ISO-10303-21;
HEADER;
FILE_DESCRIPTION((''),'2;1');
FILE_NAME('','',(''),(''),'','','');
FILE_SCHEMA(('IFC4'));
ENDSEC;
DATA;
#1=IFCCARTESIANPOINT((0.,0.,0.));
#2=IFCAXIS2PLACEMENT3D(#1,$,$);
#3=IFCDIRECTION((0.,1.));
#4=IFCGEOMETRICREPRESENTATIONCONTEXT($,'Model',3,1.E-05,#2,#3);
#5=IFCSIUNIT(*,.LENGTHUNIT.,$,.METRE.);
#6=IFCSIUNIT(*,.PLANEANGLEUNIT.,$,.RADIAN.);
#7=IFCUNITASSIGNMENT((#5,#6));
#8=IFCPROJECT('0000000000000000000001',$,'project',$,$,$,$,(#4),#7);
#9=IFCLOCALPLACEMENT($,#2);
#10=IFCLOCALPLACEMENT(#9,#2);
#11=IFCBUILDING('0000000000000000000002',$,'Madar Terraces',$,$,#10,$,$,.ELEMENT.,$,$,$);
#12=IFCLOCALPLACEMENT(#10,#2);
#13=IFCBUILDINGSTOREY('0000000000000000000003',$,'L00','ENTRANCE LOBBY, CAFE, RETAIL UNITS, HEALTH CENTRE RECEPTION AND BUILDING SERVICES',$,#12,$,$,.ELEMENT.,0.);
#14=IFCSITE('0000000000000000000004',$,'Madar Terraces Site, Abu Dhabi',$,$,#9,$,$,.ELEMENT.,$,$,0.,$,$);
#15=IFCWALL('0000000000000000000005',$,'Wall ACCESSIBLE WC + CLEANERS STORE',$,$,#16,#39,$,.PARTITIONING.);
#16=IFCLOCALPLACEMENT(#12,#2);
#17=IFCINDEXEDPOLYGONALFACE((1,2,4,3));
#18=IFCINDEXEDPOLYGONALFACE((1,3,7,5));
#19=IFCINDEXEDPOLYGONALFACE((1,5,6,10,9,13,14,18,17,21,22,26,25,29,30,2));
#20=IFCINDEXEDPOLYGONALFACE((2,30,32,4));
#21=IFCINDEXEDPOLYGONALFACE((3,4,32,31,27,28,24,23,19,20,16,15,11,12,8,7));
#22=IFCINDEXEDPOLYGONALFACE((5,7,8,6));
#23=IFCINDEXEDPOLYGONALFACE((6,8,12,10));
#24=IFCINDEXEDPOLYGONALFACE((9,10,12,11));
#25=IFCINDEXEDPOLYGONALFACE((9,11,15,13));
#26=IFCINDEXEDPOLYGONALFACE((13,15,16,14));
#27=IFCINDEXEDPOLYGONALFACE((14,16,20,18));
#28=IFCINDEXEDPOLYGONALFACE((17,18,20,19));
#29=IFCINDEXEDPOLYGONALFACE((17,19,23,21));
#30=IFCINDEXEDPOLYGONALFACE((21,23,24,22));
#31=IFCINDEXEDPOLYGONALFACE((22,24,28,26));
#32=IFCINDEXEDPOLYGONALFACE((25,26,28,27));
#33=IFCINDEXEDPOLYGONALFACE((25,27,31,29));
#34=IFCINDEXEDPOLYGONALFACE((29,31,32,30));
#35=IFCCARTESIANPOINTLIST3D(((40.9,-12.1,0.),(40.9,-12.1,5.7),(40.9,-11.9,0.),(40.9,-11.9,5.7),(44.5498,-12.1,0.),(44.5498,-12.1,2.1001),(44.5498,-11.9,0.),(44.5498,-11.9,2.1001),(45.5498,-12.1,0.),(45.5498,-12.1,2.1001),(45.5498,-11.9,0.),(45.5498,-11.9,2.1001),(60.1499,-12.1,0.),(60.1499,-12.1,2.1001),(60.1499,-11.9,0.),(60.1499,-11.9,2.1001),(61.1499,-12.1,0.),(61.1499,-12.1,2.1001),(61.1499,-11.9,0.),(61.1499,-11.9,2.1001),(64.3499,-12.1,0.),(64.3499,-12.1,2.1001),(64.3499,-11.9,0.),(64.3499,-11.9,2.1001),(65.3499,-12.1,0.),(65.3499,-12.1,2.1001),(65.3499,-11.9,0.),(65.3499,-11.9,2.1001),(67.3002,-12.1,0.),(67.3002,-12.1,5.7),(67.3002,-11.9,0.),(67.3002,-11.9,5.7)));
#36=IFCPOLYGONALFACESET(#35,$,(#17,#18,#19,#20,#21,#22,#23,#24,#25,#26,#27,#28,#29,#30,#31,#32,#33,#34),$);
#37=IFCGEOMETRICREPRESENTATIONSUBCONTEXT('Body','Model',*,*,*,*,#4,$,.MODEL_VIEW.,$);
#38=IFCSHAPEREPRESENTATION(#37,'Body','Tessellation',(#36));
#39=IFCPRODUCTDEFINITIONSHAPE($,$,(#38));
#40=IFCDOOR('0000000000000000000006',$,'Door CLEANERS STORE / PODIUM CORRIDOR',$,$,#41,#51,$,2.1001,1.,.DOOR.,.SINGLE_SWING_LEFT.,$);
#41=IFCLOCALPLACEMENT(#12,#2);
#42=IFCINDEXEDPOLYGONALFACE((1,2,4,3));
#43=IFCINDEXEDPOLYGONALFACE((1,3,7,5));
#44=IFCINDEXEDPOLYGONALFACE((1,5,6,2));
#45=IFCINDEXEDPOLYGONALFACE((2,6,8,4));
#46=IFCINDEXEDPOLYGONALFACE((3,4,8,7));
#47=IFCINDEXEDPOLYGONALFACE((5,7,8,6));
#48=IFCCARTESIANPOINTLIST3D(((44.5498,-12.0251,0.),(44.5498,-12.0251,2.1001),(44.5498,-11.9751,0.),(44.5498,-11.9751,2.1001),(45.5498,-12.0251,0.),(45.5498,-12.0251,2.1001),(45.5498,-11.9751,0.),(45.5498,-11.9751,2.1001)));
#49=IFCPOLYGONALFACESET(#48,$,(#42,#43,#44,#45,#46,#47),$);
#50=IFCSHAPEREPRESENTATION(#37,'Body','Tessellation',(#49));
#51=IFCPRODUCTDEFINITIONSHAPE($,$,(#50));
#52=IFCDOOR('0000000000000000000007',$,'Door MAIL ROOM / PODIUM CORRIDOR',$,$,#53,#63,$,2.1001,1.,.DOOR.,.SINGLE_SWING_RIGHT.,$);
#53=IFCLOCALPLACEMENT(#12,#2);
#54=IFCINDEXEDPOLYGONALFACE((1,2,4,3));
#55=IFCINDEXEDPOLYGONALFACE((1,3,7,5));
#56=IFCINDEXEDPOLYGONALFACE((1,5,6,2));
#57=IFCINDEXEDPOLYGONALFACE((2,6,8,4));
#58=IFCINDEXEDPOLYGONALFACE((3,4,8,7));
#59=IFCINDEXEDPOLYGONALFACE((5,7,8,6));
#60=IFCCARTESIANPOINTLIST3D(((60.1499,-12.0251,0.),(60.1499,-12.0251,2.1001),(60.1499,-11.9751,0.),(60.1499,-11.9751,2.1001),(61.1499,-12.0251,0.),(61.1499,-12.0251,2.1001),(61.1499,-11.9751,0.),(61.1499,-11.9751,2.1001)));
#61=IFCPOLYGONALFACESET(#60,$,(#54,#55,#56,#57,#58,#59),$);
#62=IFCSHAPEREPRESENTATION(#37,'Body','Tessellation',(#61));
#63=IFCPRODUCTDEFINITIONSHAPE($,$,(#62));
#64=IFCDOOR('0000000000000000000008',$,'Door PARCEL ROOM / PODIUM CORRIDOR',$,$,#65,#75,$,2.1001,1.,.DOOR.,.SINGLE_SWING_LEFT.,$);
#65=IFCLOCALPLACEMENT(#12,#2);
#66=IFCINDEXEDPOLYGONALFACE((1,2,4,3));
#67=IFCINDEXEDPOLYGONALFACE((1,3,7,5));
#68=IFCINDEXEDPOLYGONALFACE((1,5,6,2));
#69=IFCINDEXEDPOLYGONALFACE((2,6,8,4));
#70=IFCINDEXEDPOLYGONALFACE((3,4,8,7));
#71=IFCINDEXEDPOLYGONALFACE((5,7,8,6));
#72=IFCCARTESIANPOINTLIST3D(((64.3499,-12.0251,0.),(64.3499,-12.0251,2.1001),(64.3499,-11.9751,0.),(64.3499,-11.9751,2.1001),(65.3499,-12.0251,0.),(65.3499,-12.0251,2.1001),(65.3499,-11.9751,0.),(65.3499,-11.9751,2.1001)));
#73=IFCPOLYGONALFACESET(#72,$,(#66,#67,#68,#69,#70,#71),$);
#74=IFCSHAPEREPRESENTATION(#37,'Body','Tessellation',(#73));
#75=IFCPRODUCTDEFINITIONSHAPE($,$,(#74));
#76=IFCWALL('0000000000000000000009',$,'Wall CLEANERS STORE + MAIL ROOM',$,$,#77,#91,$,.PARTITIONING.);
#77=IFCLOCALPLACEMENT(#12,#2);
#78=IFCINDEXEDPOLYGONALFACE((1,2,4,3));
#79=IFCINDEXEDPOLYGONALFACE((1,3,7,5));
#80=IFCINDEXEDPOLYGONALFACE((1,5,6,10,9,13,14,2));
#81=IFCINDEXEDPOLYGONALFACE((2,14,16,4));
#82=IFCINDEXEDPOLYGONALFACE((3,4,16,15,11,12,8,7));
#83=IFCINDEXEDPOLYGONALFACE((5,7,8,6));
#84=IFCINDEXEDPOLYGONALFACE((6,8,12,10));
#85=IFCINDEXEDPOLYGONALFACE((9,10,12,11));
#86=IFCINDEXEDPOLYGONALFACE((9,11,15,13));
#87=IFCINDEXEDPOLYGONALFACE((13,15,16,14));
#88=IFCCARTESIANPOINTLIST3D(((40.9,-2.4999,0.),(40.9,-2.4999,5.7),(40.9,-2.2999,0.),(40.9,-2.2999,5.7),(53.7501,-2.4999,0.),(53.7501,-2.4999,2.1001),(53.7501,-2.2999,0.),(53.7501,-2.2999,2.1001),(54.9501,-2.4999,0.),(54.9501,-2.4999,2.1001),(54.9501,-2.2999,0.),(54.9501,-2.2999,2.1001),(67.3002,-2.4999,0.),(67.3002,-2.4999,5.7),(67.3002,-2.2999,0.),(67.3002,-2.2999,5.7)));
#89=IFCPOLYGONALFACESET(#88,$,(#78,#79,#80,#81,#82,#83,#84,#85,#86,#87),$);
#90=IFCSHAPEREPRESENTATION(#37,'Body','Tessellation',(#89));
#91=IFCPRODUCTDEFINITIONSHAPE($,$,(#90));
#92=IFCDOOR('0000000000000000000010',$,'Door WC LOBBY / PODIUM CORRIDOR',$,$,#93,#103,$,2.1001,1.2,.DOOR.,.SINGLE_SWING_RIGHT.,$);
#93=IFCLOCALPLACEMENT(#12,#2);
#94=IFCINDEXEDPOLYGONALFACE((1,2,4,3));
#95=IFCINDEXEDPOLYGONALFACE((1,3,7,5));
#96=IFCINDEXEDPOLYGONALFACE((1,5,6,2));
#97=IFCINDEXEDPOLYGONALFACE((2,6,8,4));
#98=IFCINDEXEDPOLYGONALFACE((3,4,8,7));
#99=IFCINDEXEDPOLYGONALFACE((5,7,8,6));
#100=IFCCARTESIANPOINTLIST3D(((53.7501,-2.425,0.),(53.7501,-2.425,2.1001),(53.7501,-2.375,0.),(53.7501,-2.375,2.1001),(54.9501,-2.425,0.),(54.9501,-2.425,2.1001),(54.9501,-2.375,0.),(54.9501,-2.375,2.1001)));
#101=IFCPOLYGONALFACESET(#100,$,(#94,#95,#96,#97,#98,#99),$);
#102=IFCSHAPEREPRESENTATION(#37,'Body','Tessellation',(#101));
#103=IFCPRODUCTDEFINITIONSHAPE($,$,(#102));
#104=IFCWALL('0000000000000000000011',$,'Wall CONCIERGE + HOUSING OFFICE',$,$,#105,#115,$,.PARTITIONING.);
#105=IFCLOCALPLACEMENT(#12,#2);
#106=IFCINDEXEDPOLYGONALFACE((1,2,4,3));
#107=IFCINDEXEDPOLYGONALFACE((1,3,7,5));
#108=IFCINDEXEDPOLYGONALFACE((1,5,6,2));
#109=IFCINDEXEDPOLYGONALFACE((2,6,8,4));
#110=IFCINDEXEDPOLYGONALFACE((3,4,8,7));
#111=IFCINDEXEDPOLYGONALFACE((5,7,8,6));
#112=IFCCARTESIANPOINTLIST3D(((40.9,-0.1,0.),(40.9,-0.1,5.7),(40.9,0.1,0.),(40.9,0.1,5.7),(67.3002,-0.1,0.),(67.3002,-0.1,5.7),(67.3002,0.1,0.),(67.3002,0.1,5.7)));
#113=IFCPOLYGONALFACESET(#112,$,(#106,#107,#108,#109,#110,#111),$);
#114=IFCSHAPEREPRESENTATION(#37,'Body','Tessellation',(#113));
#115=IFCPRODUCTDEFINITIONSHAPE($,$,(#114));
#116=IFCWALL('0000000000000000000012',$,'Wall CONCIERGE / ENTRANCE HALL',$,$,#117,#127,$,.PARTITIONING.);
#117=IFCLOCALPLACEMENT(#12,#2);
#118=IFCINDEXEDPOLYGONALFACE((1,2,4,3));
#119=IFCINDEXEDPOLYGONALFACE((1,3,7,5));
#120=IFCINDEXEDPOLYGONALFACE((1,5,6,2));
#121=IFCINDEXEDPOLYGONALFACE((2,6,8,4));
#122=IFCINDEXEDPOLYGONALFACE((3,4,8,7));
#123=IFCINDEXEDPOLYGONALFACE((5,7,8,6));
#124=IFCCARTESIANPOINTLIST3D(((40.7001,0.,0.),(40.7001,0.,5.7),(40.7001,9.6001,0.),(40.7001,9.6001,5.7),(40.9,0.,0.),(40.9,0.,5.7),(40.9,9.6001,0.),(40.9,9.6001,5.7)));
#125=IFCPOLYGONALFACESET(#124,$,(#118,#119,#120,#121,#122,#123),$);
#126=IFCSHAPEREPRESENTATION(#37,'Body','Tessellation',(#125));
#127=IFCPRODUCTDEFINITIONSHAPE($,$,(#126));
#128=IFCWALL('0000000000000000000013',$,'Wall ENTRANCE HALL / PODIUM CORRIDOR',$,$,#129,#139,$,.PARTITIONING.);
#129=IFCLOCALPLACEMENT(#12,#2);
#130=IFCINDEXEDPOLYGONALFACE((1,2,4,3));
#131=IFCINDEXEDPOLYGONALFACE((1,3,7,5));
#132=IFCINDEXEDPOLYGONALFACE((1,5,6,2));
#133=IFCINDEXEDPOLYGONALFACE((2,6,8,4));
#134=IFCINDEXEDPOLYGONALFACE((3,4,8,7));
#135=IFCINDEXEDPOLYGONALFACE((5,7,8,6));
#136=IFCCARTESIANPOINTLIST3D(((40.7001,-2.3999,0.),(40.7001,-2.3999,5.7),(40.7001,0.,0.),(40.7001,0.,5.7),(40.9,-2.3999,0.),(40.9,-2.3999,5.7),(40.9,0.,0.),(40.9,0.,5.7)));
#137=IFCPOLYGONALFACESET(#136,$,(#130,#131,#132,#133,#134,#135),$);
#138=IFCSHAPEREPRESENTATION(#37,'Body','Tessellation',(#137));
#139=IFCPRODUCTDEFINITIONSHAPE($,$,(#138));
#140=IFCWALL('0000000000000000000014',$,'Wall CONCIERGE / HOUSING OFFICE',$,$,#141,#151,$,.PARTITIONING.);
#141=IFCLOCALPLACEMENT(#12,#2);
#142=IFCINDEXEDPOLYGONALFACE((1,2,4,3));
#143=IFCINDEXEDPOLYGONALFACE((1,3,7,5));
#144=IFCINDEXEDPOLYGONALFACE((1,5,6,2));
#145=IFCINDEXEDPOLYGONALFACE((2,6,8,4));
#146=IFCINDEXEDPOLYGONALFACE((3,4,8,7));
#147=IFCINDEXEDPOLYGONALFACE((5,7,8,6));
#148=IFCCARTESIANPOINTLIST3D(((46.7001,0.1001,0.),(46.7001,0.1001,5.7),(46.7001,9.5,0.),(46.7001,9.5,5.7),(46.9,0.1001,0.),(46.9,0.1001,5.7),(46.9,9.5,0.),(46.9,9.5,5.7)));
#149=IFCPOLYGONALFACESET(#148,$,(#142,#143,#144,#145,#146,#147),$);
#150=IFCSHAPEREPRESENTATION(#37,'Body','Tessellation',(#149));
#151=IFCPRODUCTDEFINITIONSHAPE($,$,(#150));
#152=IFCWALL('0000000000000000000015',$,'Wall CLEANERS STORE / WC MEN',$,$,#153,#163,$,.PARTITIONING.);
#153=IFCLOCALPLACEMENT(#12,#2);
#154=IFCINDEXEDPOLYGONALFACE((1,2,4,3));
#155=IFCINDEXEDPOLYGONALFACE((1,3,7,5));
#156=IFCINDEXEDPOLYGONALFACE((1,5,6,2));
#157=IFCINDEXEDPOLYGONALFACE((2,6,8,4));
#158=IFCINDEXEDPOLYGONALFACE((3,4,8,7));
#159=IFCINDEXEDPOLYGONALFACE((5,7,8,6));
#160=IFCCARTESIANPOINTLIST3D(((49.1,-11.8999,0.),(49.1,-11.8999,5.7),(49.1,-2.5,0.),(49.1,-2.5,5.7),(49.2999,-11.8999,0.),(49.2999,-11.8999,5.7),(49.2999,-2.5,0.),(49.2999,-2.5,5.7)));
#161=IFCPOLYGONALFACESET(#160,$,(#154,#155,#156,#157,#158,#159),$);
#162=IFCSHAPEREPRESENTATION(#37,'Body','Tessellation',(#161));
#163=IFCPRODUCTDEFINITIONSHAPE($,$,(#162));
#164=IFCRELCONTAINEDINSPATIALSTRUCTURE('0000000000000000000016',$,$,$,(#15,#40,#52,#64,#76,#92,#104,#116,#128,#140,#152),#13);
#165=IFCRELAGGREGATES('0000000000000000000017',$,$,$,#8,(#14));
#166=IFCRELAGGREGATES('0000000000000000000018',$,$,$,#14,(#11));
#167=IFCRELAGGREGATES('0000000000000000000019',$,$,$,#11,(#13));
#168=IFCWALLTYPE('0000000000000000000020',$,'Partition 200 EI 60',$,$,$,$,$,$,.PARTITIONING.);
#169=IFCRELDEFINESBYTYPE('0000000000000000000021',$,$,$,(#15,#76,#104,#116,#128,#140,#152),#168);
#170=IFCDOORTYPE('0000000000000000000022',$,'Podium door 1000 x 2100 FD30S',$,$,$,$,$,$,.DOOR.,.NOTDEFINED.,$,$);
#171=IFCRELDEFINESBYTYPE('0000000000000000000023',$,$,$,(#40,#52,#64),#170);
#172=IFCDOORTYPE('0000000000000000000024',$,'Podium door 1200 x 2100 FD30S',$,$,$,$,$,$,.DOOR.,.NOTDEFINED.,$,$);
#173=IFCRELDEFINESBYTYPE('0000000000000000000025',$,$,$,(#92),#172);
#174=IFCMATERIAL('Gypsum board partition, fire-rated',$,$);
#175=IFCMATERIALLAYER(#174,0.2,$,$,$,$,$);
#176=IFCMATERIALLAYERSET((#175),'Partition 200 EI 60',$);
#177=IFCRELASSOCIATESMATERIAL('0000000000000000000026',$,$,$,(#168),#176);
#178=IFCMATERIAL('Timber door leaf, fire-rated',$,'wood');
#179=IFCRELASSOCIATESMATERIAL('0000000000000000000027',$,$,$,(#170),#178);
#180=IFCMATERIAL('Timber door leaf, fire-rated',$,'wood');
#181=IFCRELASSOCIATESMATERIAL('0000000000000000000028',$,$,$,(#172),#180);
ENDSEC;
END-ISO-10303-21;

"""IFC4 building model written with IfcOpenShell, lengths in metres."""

from ifc_helpers import new_model, si_unit, direction, frame, frame_2d, origin, place, context, subcontext, project, spatial, rectangle, extrude, material, layer, layer_set, type_object, element, fill, save


model = new_model("IFC4")

# Units and contexts
model_context = context("Model", 3, precision=1e-05, world=origin(), true_north=direction((0.0, 1.0)))
body_context = subcontext(model_context, "Body", "Model", "MODEL_VIEW")
ifc_project = project(units=[si_unit("LENGTHUNIT", "METRE"), si_unit("PLANEANGLEUNIT", "RADIAN")], contexts=[model_context])

# Site, building, storey
site_placement = place(None, origin())
site = spatial("IfcSite", under=ifc_project, at=site_placement, Name="Madar Terraces Site, Abu Dhabi", CompositionType="ELEMENT", RefElevation=0.0)
building_placement = place(site_placement, origin())
building = spatial("IfcBuilding", under=site, at=building_placement, Name="Madar Terraces", CompositionType="ELEMENT")
storey_placement = place(building_placement, origin())
storey = spatial("IfcBuildingStorey", under=building, at=storey_placement, Name="L00", Description="ENTRANCE LOBBY, CAFE, RETAIL UNITS, HEALTH CENTRE RECEPTION AND BUILDING SERVICES", CompositionType="ELEMENT", Elevation=0.0)

# Shared definitions
ifc_material_1 = material(Name="Gypsum board partition, fire-rated")
ifc_layer = layer(ifc_material_1, 0.2)
ifc_layer_set = layer_set([ifc_layer], Name="Partition 200 EI 60")
wall_type = type_object("IfcWallType", Name="Partition 200 EI 60", PredefinedType="PARTITIONING", material=ifc_layer_set)

# Wall, openings, doors
wall_1_placement = place(storey_placement, frame((40.8999, -12.0, 0.0), z_axis=(0.0, 0.0, 1.0), x_axis=(1.0, 0.0, 0.0)))
wall_1 = element("IfcWall", 1, at=wall_1_placement, inside=storey, type_object=wall_type, Name="Wall ACCESSIBLE WC + CLEANERS STORE", PredefinedType="PARTITIONING", context=body_context, shape_type="SweptSolid", body=[
    extrude(rectangle(XDim=26.4001, YDim=0.2, at=frame_2d((13.2002, 0.0))), origin(), (0.0, 0.0, 1.0), 5.7),
])
opening_1_placement = place(wall_1_placement, frame((3.6499, 0.0, 0.0)))
opening_1 = element("IfcOpeningElement", 2, at=opening_1_placement, cuts=wall_1, PredefinedType="OPENING", context=body_context, shape_type="SweptSolid", body=[
    extrude(rectangle(XDim=1.0, YDim=2.1001, at=frame_2d((0.5, 1.05))), frame((0.0, 0.1099, 0.0), z_axis=(0.0, -1.0, 0.0), x_axis=(1.0, 0.0, 0.0)), (0.0, 0.0, 1.0), 0.22),
])
opening_2_placement = place(wall_1_placement, frame((19.25, 0.0, 0.0)))
opening_2 = element("IfcOpeningElement", 3, at=opening_2_placement, cuts=wall_1, PredefinedType="OPENING", context=body_context, shape_type="SweptSolid", body=[
    extrude(rectangle(XDim=1.0, YDim=2.1001, at=frame_2d((0.5, 1.05))), frame((0.0, 0.1099, 0.0), z_axis=(0.0, -1.0, 0.0), x_axis=(1.0, 0.0, 0.0)), (0.0, 0.0, 1.0), 0.22),
])
opening_3_placement = place(wall_1_placement, frame((23.45, 0.0, 0.0)))
opening_3 = element("IfcOpeningElement", 4, at=opening_3_placement, cuts=wall_1, PredefinedType="OPENING", context=body_context, shape_type="SweptSolid", body=[
    extrude(rectangle(XDim=1.0, YDim=2.1001, at=frame_2d((0.5, 1.05))), frame((0.0, 0.1099, 0.0), z_axis=(0.0, -1.0, 0.0), x_axis=(1.0, 0.0, 0.0)), (0.0, 0.0, 1.0), 0.22),
])
ifc_material_2 = material(Name="Timber door leaf, fire-rated", Category="wood")
door_type_1 = type_object("IfcDoorType", Name="Podium door 1000 x 2100 FD30S", OperationType="NOTDEFINED", PredefinedType="DOOR", material=ifc_material_2)
door_1_placement = place(opening_1_placement, origin())
door_1 = element("IfcDoor", 5, at=door_1_placement, inside=storey, type_object=door_type_1, Name="Door CLEANERS STORE / PODIUM CORRIDOR", OperationType="SINGLE_SWING_LEFT", OverallHeight=2.1001, OverallWidth=1.0, PredefinedType="DOOR", context=body_context, shape_type="SweptSolid", body=[
    extrude(rectangle(XDim=1.0, YDim=2.1001, at=frame_2d((0.5, 1.05))), frame((0.0, 0.0249, 0.0), z_axis=(0.0, -1.0, 0.0), x_axis=(1.0, 0.0, 0.0)), (0.0, 0.0, 1.0), 0.05),
])
fill(opening_1, door_1)
door_2_placement = place(opening_2_placement, origin())
door_2 = element("IfcDoor", 6, at=door_2_placement, inside=storey, type_object=door_type_1, Name="Door MAIL ROOM / PODIUM CORRIDOR", OperationType="SINGLE_SWING_RIGHT", OverallHeight=2.1001, OverallWidth=1.0, PredefinedType="DOOR", context=body_context, shape_type="SweptSolid", body=[
    extrude(rectangle(XDim=1.0, YDim=2.1001, at=frame_2d((0.5, 1.05))), frame((0.0, 0.0249, 0.0), z_axis=(0.0, -1.0, 0.0), x_axis=(1.0, 0.0, 0.0)), (0.0, 0.0, 1.0), 0.05),
])
fill(opening_2, door_2)
door_3_placement = place(opening_3_placement, origin())
door_3 = element("IfcDoor", 7, at=door_3_placement, inside=storey, type_object=door_type_1, Name="Door PARCEL ROOM / PODIUM CORRIDOR", OperationType="SINGLE_SWING_LEFT", OverallHeight=2.1001, OverallWidth=1.0, PredefinedType="DOOR", context=body_context, shape_type="SweptSolid", body=[
    extrude(rectangle(XDim=1.0, YDim=2.1001, at=frame_2d((0.5, 1.05))), frame((0.0, 0.0249, 0.0), z_axis=(0.0, -1.0, 0.0), x_axis=(1.0, 0.0, 0.0)), (0.0, 0.0, 1.0), 0.05),
])
fill(opening_3, door_3)

# Wall, opening, door
wall_2_placement = place(storey_placement, frame((40.8999, -2.3999, 0.0), z_axis=(0.0, 0.0, 1.0), x_axis=(1.0, 0.0, 0.0)))
wall_2 = element("IfcWall", 8, at=wall_2_placement, inside=storey, type_object=wall_type, Name="Wall CLEANERS STORE + MAIL ROOM", PredefinedType="PARTITIONING", context=body_context, shape_type="SweptSolid", body=[
    extrude(rectangle(XDim=26.4001, YDim=0.2, at=frame_2d((13.2002, 0.0))), origin(), (0.0, 0.0, 1.0), 5.7),
])
opening_4_placement = place(wall_2_placement, frame((12.8501, 0.0, 0.0)))
opening_4 = element("IfcOpeningElement", 9, at=opening_4_placement, cuts=wall_2, PredefinedType="OPENING", context=body_context, shape_type="SweptSolid", body=[
    extrude(rectangle(XDim=1.2, YDim=2.1001, at=frame_2d((0.6001, 1.05))), frame((0.0, 0.1099, 0.0), z_axis=(0.0, -1.0, 0.0), x_axis=(1.0, 0.0, 0.0)), (0.0, 0.0, 1.0), 0.22),
])
ifc_material_3 = material(Name="Timber door leaf, fire-rated", Category="wood")
door_type_2 = type_object("IfcDoorType", Name="Podium door 1200 x 2100 FD30S", OperationType="NOTDEFINED", PredefinedType="DOOR", material=ifc_material_3)
door_4_placement = place(opening_4_placement, origin())
door_4 = element("IfcDoor", 10, at=door_4_placement, inside=storey, type_object=door_type_2, Name="Door WC LOBBY / PODIUM CORRIDOR", OperationType="SINGLE_SWING_RIGHT", OverallHeight=2.1001, OverallWidth=1.2, PredefinedType="DOOR", context=body_context, shape_type="SweptSolid", body=[
    extrude(rectangle(XDim=1.2, YDim=2.1001, at=frame_2d((0.6001, 1.05))), frame((0.0, 0.0249, 0.0), z_axis=(0.0, -1.0, 0.0), x_axis=(1.0, 0.0, 0.0)), (0.0, 0.0, 1.0), 0.05),
])
fill(opening_4, door_4)

# Walls
wall_3_placement = place(storey_placement, frame((40.8999, 0.0, 0.0), z_axis=(0.0, 0.0, 1.0), x_axis=(1.0, 0.0, 0.0)))
element("IfcWall", 11, at=wall_3_placement, inside=storey, type_object=wall_type, Name="Wall CONCIERGE + HOUSING OFFICE", PredefinedType="PARTITIONING", context=body_context, shape_type="SweptSolid", body=[
    extrude(rectangle(XDim=26.4001, YDim=0.2, at=frame_2d((13.2002, 0.0))), origin(), (0.0, 0.0, 1.0), 5.7),
])
wall_4_placement = place(storey_placement, frame((40.8, 0.0, 0.0), z_axis=(0.0, 0.0, 1.0), x_axis=(0.0, 1.0, 0.0)))
element("IfcWall", 12, at=wall_4_placement, inside=storey, type_object=wall_type, Name="Wall CONCIERGE / ENTRANCE HALL", PredefinedType="PARTITIONING", context=body_context, shape_type="SweptSolid", body=[
    extrude(rectangle(XDim=9.6001, YDim=0.2, at=frame_2d((4.8, 0.0))), origin(), (0.0, 0.0, 1.0), 5.7),
])
wall_5_placement = place(storey_placement, frame((40.8, -2.3999, 0.0), z_axis=(0.0, 0.0, 1.0), x_axis=(0.0, 1.0, 0.0)))
element("IfcWall", 13, at=wall_5_placement, inside=storey, type_object=wall_type, Name="Wall ENTRANCE HALL / PODIUM CORRIDOR", PredefinedType="PARTITIONING", context=body_context, shape_type="SweptSolid", body=[
    extrude(rectangle(XDim=2.3999, YDim=0.2, at=frame_2d((1.2, 0.0))), origin(), (0.0, 0.0, 1.0), 5.7),
])
for number, where, z_axis, x_axis, name in (
    (14, (46.8, 0.1001, 0.0), (0.0, 0.0, 1.0), (0.0, 1.0, 0.0), "Wall CONCIERGE / HOUSING OFFICE"),
    (15, (49.2, -11.8999, 0.0), (0.0, 0.0, 1.0), (0.0, 1.0, 0.0), "Wall CLEANERS STORE / WC MEN"),
):
    element("IfcWall", number, at=place(storey_placement, frame(where, z_axis=z_axis, x_axis=x_axis)), inside=storey, type_object=wall_type, Name=name, PredefinedType="PARTITIONING", context=body_context, shape_type="SweptSolid", body=[
        extrude(rectangle(XDim=9.3999, YDim=0.2, at=frame_2d((4.7, 0.0))), origin(), (0.0, 0.0, 1.0), 5.7),
    ])

save(model, "model.ifc")
